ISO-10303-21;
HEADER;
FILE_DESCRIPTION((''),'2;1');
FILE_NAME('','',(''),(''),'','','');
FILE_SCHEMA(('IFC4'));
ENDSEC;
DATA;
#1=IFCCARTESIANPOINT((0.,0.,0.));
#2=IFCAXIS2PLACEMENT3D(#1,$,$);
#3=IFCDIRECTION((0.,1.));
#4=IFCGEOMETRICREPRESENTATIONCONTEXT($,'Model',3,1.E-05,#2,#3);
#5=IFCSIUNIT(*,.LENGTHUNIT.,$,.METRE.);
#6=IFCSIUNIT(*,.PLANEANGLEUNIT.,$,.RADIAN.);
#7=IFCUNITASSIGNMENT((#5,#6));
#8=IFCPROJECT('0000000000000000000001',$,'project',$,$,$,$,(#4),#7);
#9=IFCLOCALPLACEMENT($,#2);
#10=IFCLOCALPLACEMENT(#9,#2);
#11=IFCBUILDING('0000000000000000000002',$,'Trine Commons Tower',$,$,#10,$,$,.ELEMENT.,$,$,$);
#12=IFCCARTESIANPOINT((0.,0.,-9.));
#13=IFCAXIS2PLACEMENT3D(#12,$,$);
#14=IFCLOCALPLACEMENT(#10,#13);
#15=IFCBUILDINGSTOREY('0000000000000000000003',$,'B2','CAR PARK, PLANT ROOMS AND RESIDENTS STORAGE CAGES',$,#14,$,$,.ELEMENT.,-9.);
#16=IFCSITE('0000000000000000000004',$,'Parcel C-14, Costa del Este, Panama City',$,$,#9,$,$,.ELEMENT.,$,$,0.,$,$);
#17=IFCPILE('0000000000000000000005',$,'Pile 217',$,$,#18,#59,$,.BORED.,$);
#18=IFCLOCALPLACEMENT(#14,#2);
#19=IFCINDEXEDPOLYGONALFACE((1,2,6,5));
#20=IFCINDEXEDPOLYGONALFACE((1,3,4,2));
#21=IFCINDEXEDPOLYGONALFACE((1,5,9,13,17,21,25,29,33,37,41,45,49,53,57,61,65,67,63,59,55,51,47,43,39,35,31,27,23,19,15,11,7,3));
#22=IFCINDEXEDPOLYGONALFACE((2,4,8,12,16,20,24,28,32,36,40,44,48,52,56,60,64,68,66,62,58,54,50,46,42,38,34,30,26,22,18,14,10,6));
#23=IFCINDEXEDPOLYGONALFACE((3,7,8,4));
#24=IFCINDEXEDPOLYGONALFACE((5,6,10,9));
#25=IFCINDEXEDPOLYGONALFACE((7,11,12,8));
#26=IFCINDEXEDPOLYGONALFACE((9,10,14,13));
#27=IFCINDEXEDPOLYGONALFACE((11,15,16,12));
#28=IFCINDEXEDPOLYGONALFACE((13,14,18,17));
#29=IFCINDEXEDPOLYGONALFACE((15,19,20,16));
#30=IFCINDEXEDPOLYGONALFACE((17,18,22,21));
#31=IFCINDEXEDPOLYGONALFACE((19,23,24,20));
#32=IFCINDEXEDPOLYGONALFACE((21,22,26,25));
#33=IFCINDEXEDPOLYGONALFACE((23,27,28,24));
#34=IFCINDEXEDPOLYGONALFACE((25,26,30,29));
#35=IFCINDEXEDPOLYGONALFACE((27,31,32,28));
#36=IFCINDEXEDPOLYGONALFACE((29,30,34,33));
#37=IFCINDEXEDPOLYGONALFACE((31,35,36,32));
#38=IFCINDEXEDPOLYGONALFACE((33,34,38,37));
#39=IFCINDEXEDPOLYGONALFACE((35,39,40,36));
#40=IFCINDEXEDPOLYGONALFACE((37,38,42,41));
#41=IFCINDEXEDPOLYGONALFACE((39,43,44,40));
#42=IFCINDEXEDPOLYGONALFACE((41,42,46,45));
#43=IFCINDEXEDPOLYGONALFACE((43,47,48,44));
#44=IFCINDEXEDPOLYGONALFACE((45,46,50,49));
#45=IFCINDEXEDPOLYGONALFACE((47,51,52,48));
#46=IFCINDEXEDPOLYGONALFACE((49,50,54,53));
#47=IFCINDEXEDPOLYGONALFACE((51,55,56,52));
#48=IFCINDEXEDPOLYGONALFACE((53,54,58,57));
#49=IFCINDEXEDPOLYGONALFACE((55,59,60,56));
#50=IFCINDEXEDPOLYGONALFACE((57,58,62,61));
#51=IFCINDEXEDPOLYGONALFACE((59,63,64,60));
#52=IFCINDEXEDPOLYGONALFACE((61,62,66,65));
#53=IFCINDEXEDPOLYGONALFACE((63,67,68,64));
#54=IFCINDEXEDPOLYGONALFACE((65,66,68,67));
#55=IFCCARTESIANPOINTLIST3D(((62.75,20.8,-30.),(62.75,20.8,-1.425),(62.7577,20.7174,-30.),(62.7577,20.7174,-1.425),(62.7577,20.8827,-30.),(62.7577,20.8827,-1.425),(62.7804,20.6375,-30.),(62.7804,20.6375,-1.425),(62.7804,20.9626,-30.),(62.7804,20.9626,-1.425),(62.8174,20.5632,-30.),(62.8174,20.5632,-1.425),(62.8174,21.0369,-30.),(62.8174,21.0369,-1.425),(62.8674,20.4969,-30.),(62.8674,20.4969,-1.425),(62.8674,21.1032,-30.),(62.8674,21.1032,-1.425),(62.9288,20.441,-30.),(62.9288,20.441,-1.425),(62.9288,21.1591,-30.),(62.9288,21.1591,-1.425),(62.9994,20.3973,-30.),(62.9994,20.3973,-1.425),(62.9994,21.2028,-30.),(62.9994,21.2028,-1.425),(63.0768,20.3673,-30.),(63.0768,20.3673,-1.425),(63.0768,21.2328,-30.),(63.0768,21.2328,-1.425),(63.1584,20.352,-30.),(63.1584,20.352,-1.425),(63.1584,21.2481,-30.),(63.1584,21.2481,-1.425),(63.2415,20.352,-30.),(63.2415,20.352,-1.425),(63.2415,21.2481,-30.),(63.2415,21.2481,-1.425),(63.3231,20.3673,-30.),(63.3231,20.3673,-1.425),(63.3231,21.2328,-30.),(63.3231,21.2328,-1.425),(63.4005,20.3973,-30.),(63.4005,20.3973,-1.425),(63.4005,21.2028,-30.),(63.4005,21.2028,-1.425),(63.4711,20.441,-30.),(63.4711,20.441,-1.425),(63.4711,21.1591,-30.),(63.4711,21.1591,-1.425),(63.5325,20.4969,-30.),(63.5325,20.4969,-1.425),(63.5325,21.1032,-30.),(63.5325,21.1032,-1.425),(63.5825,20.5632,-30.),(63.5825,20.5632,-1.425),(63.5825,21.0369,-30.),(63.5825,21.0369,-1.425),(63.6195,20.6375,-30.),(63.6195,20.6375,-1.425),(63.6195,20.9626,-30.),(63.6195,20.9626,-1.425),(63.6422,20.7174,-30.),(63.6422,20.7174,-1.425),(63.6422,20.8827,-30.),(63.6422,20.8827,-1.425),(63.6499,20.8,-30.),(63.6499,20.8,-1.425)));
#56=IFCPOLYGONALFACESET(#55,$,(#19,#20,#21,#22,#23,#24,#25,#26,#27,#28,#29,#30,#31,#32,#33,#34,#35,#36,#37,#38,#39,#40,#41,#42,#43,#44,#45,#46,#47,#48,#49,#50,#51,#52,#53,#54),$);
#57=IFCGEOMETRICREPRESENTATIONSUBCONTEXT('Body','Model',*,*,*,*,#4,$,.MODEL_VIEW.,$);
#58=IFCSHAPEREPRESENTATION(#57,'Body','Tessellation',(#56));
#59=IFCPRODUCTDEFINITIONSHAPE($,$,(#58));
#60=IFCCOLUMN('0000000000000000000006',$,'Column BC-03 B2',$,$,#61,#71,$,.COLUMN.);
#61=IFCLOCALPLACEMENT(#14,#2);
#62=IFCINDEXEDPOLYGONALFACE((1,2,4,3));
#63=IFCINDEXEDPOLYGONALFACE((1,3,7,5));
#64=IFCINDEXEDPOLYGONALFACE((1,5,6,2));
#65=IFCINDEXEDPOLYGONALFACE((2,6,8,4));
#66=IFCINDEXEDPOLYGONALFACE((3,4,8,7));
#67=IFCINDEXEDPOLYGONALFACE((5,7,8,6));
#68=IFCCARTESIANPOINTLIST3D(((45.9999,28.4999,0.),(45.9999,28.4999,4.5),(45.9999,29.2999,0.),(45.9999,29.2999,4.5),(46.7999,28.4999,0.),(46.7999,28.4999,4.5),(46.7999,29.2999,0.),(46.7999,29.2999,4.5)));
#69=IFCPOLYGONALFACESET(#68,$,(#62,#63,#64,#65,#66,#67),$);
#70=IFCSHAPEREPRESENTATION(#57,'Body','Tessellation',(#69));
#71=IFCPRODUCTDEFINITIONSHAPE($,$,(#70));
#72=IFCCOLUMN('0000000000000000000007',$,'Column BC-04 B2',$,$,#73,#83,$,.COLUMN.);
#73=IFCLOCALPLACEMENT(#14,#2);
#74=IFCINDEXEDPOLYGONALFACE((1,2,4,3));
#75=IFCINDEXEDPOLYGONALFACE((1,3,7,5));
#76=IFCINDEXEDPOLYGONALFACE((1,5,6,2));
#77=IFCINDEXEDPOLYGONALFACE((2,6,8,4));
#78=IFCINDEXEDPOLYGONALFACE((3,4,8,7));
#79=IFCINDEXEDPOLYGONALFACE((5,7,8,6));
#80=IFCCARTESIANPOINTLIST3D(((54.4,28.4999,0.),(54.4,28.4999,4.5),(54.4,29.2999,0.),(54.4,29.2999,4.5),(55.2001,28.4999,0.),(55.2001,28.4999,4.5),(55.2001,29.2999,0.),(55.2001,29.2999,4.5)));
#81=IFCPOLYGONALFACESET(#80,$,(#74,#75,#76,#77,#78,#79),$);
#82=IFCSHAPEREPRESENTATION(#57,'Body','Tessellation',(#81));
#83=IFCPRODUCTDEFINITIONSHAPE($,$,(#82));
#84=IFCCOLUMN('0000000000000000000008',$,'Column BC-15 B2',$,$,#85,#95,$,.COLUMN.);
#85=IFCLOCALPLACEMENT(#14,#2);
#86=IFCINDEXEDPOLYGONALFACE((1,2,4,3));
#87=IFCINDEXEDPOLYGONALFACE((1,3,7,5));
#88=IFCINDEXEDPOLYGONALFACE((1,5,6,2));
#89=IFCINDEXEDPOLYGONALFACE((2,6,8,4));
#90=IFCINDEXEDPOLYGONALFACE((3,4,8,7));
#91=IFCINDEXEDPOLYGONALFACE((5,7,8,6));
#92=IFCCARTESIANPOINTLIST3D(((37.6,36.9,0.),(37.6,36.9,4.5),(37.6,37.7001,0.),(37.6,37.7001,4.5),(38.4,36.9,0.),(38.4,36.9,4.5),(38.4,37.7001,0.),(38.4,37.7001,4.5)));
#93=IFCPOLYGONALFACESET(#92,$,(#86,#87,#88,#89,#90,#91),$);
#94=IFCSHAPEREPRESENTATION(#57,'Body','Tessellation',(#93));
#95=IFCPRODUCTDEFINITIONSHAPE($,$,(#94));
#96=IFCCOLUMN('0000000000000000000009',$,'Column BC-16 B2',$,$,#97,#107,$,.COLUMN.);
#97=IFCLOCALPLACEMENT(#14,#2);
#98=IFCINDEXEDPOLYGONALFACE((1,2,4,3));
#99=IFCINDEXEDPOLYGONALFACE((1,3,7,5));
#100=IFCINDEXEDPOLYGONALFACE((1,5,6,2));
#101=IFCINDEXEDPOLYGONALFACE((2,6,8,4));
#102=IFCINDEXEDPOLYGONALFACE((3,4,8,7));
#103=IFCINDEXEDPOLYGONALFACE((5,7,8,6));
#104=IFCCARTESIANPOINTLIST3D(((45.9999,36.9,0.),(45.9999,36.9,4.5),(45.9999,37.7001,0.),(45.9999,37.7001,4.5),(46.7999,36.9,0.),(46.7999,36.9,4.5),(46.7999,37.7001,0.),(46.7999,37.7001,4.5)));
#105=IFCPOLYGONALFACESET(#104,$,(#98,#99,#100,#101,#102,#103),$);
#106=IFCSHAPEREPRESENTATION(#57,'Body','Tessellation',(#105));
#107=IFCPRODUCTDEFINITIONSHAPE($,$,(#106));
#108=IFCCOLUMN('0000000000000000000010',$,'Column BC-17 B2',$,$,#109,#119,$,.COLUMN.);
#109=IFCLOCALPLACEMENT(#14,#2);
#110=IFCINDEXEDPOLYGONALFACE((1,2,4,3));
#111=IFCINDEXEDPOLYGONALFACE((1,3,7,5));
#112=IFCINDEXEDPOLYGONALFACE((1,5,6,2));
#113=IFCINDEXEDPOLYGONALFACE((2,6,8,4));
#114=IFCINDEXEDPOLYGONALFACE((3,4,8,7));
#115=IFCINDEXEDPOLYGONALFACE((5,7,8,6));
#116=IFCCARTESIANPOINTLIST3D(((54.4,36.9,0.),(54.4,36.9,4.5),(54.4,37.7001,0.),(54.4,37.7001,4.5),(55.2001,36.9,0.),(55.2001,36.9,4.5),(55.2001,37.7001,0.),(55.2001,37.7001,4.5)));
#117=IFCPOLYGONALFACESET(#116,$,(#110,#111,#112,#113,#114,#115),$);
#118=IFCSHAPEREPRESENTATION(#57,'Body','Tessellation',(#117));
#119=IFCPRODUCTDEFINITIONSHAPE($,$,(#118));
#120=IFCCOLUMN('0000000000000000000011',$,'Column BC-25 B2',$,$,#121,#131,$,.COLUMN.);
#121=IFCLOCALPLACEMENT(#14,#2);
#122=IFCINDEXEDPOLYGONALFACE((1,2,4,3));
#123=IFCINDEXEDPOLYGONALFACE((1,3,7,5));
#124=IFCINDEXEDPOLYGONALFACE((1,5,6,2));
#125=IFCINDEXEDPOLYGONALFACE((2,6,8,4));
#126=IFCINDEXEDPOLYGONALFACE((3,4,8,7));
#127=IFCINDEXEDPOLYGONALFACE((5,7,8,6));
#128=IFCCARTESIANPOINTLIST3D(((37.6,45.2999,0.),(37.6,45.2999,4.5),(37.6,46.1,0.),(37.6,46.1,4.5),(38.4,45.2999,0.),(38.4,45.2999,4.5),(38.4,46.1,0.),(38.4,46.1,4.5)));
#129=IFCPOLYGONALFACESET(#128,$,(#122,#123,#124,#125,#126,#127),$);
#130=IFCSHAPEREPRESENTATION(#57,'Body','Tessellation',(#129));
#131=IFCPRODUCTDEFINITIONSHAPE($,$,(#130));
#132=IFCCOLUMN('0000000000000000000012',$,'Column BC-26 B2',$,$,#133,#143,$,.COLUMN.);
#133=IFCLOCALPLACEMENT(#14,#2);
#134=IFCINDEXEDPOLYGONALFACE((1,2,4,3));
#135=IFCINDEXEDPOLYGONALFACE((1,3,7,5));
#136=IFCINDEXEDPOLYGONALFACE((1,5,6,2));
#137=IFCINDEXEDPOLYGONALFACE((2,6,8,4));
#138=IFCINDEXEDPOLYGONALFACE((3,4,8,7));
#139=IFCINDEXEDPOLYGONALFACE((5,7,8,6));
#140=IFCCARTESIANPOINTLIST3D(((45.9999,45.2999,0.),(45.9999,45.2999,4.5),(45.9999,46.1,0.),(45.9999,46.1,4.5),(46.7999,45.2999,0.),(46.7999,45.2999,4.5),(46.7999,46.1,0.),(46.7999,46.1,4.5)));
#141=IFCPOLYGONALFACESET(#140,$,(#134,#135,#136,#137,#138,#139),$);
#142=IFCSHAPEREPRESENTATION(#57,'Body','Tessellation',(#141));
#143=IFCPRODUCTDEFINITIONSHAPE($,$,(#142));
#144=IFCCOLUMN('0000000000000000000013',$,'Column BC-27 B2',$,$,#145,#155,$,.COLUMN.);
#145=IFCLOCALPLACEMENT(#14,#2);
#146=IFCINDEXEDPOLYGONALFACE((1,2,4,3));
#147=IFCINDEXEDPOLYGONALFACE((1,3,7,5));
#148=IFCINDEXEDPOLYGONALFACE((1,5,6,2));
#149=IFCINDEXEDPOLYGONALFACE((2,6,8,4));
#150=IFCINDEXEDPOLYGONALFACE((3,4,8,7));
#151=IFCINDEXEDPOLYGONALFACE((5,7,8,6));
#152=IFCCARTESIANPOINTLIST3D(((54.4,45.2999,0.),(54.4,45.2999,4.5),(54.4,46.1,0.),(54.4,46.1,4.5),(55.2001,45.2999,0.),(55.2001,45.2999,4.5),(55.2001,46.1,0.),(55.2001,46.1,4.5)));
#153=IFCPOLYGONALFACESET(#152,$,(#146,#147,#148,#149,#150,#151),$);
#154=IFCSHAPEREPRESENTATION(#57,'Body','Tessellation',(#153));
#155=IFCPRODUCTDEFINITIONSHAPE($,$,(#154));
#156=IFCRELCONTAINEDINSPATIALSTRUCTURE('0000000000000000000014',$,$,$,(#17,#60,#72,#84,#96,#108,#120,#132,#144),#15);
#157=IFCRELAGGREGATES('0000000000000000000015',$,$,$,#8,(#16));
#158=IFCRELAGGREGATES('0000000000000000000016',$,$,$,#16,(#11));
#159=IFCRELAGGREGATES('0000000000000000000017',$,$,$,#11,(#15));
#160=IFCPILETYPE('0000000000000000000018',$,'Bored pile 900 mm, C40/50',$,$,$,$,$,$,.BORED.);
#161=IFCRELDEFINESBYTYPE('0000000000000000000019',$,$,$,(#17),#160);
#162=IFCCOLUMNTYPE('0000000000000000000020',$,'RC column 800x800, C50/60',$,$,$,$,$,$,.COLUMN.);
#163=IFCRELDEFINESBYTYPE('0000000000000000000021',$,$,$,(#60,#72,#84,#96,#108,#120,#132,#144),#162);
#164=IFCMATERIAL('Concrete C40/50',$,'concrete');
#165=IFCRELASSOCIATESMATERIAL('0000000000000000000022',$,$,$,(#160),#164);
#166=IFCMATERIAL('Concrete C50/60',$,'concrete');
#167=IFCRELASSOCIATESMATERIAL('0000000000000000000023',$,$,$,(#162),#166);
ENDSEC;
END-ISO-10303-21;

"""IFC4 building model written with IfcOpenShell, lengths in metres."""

from ifc_helpers import new_model, si_unit, direction, frame, origin, origin_2d, place, context, subcontext, project, spatial, rectangle, circle, extrude, material, material_profile, profile_set, type_object, element, save


model = new_model("IFC4")

# Units and contexts
model_context = context("Model", 3, precision=1e-05, world=origin(), true_north=direction((0.0, 1.0)))
body_context = subcontext(model_context, "Body", "Model", "MODEL_VIEW")
ifc_project = project(units=[si_unit("LENGTHUNIT", "METRE"), si_unit("PLANEANGLEUNIT", "RADIAN")], contexts=[model_context])

# Site, building, storey
site_placement = place(None, origin())
site = spatial("IfcSite", under=ifc_project, at=site_placement, Name="Parcel C-14, Costa del Este, Panama City", CompositionType="ELEMENT", RefElevation=0.0)
building_placement = place(site_placement, origin())
building = spatial("IfcBuilding", under=site, at=building_placement, Name="Trine Commons Tower", CompositionType="ELEMENT")
storey_placement = place(building_placement, frame((0.0, 0.0, -9.0)))
storey = spatial("IfcBuildingStorey", under=building, at=storey_placement, Name="B2", Description="CAR PARK, PLANT ROOMS AND RESIDENTS STORAGE CAGES", CompositionType="ELEMENT", Elevation=-9.0)

# Pile
ifc_material_1 = material(Name="Concrete C40/50", Category="concrete")
pile_type_1 = type_object("IfcPileType", Name="Bored pile 900 mm, C40/50", PredefinedType="BORED", material=ifc_material_1)
for number, where, z_axis, x_axis, name in (
    (1, (63.2, 20.8, -1.425), (0.0, 0.0, -1.0), (1.0, 0.0, 0.0), "Pile 217"),
):
    element("IfcPile", number, at=place(storey_placement, frame(where, z_axis=z_axis, x_axis=x_axis)), inside=storey, type_object=pile_type_1, Name=name, PredefinedType="BORED", context=body_context, shape_type="SweptSolid", body=[
        extrude(circle(Radius=0.45, at=origin_2d()), origin(), (0.0, 0.0, 1.0), 28.575),
    ])

# Columns
ifc_material_2 = material(Name="Concrete C50/60", Category="concrete")
ifc_material_profile = material_profile(ifc_material_2, rectangle(XDim=0.8, YDim=0.8, at=origin_2d()), Name="RC 800x800")
ifc_profile_set = profile_set([ifc_material_profile], Name="Concrete C50/60")
column_type = type_object("IfcColumnType", Name="RC column 800x800, C50/60", PredefinedType="COLUMN", material=ifc_profile_set)
for number, where, z_axis, x_axis, name in (
    (2, (46.3999, 28.8999, 0.0), (0.0, 0.0, 1.0), (1.0, 0.0, 0.0), "Column BC-03 B2"),
    (3, (54.8, 28.8999, 0.0), (0.0, 0.0, 1.0), (1.0, 0.0, 0.0), "Column BC-04 B2"),
    (4, (38.0, 37.3, 0.0), (0.0, 0.0, 1.0), (1.0, 0.0, 0.0), "Column BC-15 B2"),
    (5, (46.3999, 37.3, 0.0), (0.0, 0.0, 1.0), (1.0, 0.0, 0.0), "Column BC-16 B2"),
    (6, (54.8, 37.3, 0.0), (0.0, 0.0, 1.0), (1.0, 0.0, 0.0), "Column BC-17 B2"),
    (7, (38.0, 45.7, 0.0), (0.0, 0.0, 1.0), (1.0, 0.0, 0.0), "Column BC-25 B2"),
    (8, (46.3999, 45.7, 0.0), (0.0, 0.0, 1.0), (1.0, 0.0, 0.0), "Column BC-26 B2"),
    (9, (54.8, 45.7, 0.0), (0.0, 0.0, 1.0), (1.0, 0.0, 0.0), "Column BC-27 B2"),
):
    element("IfcColumn", number, at=place(storey_placement, frame(where, z_axis=z_axis, x_axis=x_axis)), inside=storey, type_object=column_type, Name=name, PredefinedType="COLUMN", context=body_context, shape_type="SweptSolid", body=[
        extrude(rectangle(XDim=0.8, YDim=0.8, at=origin_2d()), origin(), (0.0, 0.0, 1.0), 4.5),
    ])

save(model, "model.ifc")
